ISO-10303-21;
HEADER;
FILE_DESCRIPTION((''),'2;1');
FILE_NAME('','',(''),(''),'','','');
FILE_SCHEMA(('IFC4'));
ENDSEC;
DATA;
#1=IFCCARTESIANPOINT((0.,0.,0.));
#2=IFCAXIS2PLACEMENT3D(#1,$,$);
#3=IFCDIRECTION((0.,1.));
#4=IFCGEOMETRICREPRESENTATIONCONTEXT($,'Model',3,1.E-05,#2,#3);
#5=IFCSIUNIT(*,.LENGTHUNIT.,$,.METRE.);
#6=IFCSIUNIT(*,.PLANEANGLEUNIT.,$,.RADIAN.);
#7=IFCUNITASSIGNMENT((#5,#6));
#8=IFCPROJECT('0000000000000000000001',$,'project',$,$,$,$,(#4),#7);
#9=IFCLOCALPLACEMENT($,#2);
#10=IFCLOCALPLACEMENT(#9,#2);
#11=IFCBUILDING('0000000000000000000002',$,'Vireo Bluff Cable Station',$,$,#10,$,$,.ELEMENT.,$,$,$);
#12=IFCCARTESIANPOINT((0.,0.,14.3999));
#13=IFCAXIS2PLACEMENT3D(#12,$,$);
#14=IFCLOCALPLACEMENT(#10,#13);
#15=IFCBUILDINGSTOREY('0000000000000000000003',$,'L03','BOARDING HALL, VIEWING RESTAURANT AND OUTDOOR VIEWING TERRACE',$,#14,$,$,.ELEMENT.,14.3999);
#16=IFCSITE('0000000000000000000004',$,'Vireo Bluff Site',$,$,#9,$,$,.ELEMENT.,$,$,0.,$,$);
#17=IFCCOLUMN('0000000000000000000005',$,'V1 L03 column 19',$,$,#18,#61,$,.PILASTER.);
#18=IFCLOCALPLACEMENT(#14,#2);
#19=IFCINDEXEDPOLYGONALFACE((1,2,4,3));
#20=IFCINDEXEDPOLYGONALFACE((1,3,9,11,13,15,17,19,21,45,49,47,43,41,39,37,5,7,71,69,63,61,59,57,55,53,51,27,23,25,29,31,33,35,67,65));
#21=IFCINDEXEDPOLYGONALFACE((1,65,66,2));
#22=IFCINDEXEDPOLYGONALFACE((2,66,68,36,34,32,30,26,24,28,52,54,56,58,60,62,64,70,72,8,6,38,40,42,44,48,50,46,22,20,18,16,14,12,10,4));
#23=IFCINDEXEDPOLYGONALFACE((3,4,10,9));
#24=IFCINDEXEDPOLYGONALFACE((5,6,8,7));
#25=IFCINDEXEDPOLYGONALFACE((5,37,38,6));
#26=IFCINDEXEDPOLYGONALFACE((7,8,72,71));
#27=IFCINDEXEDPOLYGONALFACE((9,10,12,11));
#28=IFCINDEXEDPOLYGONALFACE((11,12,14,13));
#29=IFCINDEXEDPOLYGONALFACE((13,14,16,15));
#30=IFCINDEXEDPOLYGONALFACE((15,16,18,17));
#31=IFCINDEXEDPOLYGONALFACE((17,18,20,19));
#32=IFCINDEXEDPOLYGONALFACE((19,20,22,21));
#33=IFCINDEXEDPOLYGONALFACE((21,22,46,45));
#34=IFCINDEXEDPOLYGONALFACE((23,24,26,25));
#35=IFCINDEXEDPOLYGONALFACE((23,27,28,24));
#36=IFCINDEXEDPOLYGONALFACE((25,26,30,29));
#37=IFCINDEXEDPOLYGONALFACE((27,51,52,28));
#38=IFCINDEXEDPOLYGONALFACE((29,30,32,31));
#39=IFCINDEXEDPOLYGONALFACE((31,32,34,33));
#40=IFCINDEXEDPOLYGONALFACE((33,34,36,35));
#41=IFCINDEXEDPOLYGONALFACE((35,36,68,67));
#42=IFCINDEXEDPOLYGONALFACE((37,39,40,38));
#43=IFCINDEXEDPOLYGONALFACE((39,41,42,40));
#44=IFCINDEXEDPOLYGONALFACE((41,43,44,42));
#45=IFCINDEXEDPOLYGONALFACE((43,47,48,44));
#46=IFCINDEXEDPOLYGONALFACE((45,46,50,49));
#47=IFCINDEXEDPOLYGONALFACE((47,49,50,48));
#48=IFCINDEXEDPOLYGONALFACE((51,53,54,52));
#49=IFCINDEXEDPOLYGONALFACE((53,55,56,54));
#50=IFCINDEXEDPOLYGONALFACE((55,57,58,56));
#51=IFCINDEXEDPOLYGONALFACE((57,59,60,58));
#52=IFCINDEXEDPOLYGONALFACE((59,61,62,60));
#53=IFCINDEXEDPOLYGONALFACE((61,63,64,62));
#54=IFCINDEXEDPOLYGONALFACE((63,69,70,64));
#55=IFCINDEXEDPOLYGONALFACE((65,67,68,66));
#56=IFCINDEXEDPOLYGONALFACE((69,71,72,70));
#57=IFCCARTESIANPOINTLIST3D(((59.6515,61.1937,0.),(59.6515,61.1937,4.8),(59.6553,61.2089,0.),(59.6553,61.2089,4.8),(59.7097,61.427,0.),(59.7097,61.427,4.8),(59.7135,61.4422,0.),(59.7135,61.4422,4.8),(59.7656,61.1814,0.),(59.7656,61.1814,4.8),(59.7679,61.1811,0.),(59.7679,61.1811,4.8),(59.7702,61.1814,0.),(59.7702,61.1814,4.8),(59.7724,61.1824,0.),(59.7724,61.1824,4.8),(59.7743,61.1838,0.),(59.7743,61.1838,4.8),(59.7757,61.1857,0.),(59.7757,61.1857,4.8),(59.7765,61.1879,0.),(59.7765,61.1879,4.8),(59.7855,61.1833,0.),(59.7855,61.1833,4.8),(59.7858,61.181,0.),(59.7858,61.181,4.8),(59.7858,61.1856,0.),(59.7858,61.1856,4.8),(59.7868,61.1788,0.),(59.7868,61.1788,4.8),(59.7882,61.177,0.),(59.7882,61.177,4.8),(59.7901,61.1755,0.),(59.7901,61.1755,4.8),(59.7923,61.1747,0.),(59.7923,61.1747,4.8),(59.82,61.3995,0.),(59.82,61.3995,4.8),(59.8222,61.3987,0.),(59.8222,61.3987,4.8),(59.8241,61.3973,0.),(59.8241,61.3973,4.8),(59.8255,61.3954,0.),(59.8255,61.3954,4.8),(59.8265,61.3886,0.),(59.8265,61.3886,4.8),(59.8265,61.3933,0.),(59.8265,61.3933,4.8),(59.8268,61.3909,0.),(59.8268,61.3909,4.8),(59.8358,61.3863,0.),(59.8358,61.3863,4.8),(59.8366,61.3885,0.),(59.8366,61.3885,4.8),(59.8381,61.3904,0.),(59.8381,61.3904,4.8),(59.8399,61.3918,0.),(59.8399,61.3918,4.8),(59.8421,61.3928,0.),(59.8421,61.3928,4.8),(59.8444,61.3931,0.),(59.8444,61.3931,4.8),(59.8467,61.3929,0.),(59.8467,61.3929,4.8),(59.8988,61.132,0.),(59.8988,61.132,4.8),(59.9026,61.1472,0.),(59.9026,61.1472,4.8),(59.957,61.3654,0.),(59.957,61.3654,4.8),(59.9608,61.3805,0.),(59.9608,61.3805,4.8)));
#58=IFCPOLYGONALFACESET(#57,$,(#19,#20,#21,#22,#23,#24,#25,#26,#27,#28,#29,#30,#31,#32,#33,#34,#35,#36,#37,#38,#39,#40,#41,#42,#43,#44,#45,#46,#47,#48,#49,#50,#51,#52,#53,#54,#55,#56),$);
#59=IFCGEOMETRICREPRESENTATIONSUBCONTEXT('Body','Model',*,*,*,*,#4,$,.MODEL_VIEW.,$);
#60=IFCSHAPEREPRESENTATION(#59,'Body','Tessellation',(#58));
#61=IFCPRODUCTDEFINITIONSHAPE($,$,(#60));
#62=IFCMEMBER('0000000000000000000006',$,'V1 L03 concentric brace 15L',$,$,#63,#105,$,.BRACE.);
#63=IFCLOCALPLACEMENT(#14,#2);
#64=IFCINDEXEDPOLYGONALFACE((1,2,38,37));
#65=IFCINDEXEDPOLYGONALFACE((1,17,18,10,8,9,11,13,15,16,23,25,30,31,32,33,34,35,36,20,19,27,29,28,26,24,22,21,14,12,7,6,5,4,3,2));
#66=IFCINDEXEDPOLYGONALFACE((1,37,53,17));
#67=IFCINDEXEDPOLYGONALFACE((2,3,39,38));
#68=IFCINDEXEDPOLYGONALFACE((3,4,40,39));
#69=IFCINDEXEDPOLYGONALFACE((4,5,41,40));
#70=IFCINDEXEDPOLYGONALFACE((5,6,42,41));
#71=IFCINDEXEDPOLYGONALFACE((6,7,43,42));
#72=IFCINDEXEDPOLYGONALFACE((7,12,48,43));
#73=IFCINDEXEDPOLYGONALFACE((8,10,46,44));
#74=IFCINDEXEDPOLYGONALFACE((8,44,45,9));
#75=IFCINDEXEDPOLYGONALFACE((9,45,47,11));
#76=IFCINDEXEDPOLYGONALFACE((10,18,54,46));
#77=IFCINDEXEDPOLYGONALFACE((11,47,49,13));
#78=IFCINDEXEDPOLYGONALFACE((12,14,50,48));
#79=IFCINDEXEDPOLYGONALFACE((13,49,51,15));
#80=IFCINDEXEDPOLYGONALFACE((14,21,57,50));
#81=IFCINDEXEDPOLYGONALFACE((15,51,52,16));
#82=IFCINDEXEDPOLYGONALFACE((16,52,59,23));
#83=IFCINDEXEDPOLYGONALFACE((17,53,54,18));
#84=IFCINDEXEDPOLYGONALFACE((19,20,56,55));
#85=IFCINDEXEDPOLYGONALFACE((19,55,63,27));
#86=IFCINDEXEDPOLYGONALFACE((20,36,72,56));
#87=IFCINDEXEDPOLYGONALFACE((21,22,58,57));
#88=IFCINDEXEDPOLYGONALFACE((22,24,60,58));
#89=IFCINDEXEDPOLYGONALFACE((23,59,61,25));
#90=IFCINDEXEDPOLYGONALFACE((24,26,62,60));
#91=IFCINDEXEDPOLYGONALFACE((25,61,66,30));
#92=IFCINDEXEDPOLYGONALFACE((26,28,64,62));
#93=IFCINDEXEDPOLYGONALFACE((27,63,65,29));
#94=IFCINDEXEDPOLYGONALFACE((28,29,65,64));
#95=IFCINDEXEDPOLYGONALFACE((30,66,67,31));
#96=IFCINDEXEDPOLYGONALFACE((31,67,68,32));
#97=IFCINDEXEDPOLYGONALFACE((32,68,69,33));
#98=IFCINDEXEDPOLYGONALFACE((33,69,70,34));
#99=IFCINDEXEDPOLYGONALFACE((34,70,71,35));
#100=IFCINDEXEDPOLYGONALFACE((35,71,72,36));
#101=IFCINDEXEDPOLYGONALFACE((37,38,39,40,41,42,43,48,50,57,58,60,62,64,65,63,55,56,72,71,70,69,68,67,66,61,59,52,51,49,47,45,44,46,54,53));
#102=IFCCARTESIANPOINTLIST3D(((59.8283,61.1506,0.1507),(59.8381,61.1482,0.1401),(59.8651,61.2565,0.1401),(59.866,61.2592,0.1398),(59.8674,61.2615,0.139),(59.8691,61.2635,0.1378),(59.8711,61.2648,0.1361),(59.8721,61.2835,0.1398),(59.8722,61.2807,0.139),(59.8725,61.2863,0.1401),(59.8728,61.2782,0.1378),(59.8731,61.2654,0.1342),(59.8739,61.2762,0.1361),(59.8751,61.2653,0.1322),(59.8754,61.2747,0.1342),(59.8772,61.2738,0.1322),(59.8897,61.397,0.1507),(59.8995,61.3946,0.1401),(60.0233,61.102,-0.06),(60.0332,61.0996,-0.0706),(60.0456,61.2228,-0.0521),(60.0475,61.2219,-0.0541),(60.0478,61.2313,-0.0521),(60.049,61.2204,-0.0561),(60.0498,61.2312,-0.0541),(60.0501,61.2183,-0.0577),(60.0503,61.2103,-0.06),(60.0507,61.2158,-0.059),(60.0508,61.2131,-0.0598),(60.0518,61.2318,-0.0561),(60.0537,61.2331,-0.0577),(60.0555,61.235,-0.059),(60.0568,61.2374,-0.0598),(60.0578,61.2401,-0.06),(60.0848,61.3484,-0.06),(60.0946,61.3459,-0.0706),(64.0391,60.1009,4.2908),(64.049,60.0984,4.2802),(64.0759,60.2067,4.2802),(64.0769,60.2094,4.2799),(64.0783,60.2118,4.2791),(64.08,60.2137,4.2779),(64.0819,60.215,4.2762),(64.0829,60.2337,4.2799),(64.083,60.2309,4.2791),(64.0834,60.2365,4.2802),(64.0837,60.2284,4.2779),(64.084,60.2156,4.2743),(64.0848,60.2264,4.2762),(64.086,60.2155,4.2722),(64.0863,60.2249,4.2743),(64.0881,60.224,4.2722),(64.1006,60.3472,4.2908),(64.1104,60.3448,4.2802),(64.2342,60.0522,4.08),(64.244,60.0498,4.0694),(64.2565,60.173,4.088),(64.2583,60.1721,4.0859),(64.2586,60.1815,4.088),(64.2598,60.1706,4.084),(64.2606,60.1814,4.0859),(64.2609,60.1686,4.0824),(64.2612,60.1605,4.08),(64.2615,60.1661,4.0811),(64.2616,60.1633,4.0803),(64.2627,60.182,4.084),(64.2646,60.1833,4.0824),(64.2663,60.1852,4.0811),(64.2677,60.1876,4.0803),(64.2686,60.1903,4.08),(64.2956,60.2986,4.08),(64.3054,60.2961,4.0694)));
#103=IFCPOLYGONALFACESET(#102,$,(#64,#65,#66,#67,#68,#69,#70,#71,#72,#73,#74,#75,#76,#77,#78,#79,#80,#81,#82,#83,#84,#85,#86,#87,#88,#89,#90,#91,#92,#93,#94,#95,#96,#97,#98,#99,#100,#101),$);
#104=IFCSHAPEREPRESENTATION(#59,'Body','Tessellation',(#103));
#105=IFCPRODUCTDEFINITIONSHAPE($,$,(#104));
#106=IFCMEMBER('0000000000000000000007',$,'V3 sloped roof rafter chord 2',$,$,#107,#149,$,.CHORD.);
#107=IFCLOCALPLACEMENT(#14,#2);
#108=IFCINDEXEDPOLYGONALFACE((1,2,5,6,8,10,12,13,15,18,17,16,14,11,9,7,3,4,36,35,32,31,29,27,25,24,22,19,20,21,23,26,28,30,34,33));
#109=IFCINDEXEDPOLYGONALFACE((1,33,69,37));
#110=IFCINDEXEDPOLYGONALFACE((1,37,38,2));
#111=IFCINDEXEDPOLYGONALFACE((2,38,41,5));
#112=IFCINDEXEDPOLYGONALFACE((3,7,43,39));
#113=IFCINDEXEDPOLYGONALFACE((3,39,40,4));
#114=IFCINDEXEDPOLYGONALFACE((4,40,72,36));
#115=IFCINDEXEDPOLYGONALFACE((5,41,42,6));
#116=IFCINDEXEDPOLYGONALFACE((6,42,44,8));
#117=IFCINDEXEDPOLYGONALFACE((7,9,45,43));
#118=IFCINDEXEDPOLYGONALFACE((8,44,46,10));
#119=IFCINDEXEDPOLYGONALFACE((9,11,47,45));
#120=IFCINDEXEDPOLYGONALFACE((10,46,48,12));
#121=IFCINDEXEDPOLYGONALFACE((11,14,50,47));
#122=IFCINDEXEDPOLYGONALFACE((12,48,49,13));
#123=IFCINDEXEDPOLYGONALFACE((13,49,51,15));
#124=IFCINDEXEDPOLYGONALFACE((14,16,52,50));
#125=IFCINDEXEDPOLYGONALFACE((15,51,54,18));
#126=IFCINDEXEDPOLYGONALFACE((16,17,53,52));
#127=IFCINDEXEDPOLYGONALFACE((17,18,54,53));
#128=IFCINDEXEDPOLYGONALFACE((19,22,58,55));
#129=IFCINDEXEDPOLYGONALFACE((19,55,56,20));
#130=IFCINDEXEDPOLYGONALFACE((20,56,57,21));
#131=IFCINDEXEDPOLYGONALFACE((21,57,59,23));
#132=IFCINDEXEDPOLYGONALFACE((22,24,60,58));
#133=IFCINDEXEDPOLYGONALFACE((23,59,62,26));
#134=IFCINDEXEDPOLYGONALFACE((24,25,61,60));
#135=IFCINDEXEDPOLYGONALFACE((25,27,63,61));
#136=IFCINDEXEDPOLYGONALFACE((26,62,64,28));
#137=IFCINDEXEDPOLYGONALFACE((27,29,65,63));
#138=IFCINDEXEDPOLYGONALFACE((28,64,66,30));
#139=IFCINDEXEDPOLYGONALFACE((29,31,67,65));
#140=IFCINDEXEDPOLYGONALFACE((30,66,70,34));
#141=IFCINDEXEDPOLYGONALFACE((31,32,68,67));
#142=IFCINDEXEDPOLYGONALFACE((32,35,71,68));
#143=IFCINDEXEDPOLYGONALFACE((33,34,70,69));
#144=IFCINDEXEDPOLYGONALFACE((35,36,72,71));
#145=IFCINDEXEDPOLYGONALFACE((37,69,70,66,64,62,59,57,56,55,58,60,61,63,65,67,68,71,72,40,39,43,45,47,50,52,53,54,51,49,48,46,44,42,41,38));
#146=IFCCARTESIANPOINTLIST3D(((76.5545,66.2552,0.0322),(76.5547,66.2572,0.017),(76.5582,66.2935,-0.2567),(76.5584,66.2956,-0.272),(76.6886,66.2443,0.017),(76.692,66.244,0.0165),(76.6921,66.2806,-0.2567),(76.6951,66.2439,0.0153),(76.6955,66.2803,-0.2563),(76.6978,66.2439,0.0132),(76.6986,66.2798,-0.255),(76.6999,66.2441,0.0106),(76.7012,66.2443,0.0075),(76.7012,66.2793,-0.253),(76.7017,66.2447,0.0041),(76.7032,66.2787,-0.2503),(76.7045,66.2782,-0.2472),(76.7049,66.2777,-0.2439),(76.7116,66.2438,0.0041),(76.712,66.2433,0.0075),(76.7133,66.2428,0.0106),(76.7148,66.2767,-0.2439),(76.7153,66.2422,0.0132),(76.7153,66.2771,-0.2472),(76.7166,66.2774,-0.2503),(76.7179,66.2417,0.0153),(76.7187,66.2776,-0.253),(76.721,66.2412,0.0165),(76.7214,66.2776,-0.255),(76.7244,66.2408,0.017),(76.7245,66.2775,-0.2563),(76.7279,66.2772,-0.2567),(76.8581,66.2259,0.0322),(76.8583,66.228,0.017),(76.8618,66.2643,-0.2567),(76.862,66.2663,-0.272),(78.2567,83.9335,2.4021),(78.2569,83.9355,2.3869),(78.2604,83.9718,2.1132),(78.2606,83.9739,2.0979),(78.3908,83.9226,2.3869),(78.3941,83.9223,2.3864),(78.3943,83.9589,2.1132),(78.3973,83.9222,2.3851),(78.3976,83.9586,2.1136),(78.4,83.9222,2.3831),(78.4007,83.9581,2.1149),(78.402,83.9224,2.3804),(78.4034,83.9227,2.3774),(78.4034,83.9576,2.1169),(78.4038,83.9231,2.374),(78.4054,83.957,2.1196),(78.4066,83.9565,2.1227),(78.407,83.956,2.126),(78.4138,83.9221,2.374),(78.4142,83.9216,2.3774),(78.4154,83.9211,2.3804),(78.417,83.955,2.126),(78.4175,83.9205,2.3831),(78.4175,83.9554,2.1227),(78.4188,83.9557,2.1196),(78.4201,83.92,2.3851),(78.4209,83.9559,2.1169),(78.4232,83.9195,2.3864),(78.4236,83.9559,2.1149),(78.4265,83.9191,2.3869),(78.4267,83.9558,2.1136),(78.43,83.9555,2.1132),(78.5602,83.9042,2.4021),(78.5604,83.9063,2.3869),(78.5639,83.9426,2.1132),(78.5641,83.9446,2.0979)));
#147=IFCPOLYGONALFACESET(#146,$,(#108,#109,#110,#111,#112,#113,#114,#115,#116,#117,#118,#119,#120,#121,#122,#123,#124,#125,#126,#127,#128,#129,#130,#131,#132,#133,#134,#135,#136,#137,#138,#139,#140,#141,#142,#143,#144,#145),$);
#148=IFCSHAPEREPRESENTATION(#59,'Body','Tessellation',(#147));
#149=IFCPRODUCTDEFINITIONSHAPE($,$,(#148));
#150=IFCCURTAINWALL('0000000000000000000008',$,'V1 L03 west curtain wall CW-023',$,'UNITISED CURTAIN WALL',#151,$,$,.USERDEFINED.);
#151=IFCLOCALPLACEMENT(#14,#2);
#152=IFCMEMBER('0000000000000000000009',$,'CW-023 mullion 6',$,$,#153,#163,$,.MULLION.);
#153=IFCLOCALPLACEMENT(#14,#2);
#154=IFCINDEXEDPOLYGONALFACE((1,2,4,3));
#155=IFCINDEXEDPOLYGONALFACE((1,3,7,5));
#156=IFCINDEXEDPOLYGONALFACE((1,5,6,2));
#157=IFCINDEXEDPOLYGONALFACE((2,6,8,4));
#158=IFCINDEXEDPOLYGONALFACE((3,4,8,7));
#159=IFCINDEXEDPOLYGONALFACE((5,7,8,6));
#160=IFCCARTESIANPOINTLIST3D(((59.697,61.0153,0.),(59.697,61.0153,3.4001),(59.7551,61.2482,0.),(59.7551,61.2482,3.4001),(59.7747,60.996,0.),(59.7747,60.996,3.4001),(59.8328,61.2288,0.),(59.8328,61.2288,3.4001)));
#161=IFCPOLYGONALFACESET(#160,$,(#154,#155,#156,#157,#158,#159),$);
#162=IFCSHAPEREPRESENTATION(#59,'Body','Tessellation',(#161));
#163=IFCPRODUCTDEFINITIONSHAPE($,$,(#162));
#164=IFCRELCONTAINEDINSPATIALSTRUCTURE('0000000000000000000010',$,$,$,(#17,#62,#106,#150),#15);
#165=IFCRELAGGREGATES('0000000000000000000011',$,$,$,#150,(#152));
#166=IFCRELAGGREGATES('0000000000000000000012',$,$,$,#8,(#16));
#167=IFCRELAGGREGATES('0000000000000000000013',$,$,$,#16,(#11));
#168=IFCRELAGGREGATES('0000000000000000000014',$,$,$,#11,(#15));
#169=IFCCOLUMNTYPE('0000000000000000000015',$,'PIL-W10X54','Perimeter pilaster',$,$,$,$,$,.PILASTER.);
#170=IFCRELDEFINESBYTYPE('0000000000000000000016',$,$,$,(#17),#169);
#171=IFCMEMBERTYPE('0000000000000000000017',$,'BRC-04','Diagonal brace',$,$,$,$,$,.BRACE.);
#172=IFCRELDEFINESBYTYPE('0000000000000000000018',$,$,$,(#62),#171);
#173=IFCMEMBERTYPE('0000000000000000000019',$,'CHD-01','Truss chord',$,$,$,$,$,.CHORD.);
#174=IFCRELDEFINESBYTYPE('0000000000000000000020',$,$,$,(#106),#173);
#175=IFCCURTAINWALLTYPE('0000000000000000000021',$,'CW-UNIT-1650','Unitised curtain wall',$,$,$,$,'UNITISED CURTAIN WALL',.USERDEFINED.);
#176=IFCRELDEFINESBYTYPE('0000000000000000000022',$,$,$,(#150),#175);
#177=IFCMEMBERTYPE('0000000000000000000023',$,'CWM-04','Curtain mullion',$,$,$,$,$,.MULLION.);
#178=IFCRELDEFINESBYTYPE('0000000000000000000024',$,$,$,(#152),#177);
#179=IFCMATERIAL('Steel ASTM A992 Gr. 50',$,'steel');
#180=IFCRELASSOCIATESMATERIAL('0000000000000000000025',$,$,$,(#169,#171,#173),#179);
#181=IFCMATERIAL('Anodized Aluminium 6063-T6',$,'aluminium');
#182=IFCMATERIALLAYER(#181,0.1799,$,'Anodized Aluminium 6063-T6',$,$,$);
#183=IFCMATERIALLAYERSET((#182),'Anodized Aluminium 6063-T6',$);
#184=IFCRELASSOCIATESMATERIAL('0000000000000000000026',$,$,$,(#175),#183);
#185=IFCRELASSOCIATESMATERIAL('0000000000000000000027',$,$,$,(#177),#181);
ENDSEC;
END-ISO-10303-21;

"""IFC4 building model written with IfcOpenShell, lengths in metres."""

from ifc_helpers import new_model, si_unit, direction, frame, origin, origin_2d, place, context, subcontext, project, spatial, rectangle, i_section, extrude, material, layer, layer_set, material_profile, profile_set, type_object, element, aggregate, save


model = new_model("IFC4")

# Units and contexts
model_context = context("Model", 3, precision=1e-05, world=origin(), true_north=direction((0.0, 1.0)))
body_context = subcontext(model_context, "Body", "Model", "MODEL_VIEW")
ifc_project = project(units=[si_unit("LENGTHUNIT", "METRE"), si_unit("PLANEANGLEUNIT", "RADIAN")], contexts=[model_context])

# Site, building, storey
site_placement = place(None, origin())
site = spatial("IfcSite", under=ifc_project, at=site_placement, Name="Vireo Bluff Site", CompositionType="ELEMENT", RefElevation=0.0)
building_placement = place(site_placement, origin())
building = spatial("IfcBuilding", under=site, at=building_placement, Name="Vireo Bluff Cable Station", CompositionType="ELEMENT")
storey_placement = place(building_placement, frame((0.0, 0.0, 14.3999)))
storey = spatial("IfcBuildingStorey", under=building, at=storey_placement, Name="L03", Description="BOARDING HALL, VIEWING RESTAURANT AND OUTDOOR VIEWING TERRACE", CompositionType="ELEMENT", Elevation=14.3999)

# Column
ifc_material_1 = material(Name="Steel ASTM A992 Gr. 50", Category="steel")
ifc_material_profile_1 = material_profile(ifc_material_1, i_section(OverallWidth=0.2549, OverallDepth=0.2561, WebThickness=0.0095, FlangeThickness=0.0156, FilletRadius=0.009, at=origin_2d()), Name="W10X54")
ifc_profile_set_1 = profile_set([ifc_material_profile_1], Name="Steel ASTM A992 Gr. 50")
column_type_1 = type_object("IfcColumnType", Name="PIL-W10X54", Description="Perimeter pilaster", PredefinedType="PILASTER", material=ifc_profile_set_1)
column_placement = place(storey_placement, frame((59.8062, 61.2871, 0.0), z_axis=(0.0, 0.0, 1.0), x_axis=(0.970296, -0.241922, 0.0)))
element("IfcColumn", 1, at=column_placement, inside=storey, type_object=column_type_1, Name="V1 L03 column 19", PredefinedType="PILASTER", context=body_context, shape_type="SweptSolid", body=[
    extrude(i_section(OverallWidth=0.2549, OverallDepth=0.2561, WebThickness=0.0095, FlangeThickness=0.0156, FilletRadius=0.009, at=origin_2d()), origin(), (0.0, 0.0, 1.0), 4.8),
])

# Members
ifc_material_profile_2 = material_profile(ifc_material_1, i_section(OverallWidth=0.2539, OverallDepth=0.3059, WebThickness=0.0088, FlangeThickness=0.0146, FilletRadius=0.011, at=origin_2d()), Name="W12X53")
ifc_profile_set_2 = profile_set([ifc_material_profile_2], Name="Steel ASTM A992 Gr. 50")
member_type_1 = type_object("IfcMemberType", Name="BRC-04", Description="Diagonal brace", PredefinedType="BRACE", material=ifc_profile_set_2)
member_1_placement = place(storey_placement, frame((59.9614, 61.2483, 0.04), z_axis=(0.702069, -0.175029, 0.690264), x_axis=(0.2419, 0.970301, 0.0)))
element("IfcMember", 2, at=member_1_placement, inside=storey, type_object=member_type_1, Name="V1 L03 concentric brace 15L", PredefinedType="BRACE", context=body_context, shape_type="SweptSolid", body=[
    extrude(i_section(OverallWidth=0.2539, OverallDepth=0.3059, WebThickness=0.0088, FlangeThickness=0.0146, FilletRadius=0.011, at=origin_2d()), origin(), (0.0, 0.0, 1.0), 5.9978),
])
ifc_material_profile_3 = material_profile(ifc_material_1, i_section(OverallWidth=0.3049, OverallDepth=0.3069, WebThickness=0.01, FlangeThickness=0.0154, FilletRadius=0.0129, at=origin_2d()), Name="W12X65")
ifc_profile_set_3 = profile_set([ifc_material_profile_3], Name="Steel ASTM A992 Gr. 50")
member_type_2 = type_object("IfcMemberType", Name="CHD-01", Description="Truss chord", PredefinedType="CHORD", material=ifc_profile_set_3)
member_2_placement = place(storey_placement, frame((76.7083, 66.2607, -0.1199), z_axis=(0.095, 0.986651, 0.132267), x_axis=(-0.995397, 0.095842, 0.0)))
element("IfcMember", 3, at=member_2_placement, inside=storey, type_object=member_type_2, Name="V3 sloped roof rafter chord 2", PredefinedType="CHORD", context=body_context, shape_type="SweptSolid", body=[
    extrude(i_section(OverallWidth=0.3049, OverallDepth=0.3069, WebThickness=0.01, FlangeThickness=0.0154, FilletRadius=0.0129, at=origin_2d()), origin(), (0.0, 0.0, 1.0), 17.9175),
])

# Curtain wall, member
ifc_material_2 = material(Name="Anodized Aluminium 6063-T6", Category="aluminium")
ifc_layer_1 = layer(ifc_material_2, 0.1799, Name="Anodized Aluminium 6063-T6")
ifc_layer_set_1 = layer_set([ifc_layer_1], Name="Anodized Aluminium 6063-T6")
curtain_wall_type = type_object("IfcCurtainWallType", Name="CW-UNIT-1650", Description="Unitised curtain wall", ElementType="UNITISED CURTAIN WALL", PredefinedType="USERDEFINED", material=ifc_layer_set_1)
curtain_wall_placement = place(storey_placement, origin())
curtain_wall = element("IfcCurtainWall", 4, at=curtain_wall_placement, inside=storey, type_object=curtain_wall_type, Name="V1 L03 west curtain wall CW-023", ObjectType="UNITISED CURTAIN WALL", PredefinedType="USERDEFINED")
ifc_material_profile_4 = material_profile(ifc_material_2, rectangle(XDim=0.0801, YDim=0.24, at=origin_2d()), Name="ALU-M-80X240")
ifc_profile_set_4 = profile_set([ifc_material_profile_4], Name="Anodized Aluminium 6063-T6")
member_type_3 = type_object("IfcMemberType", Name="CWM-04", Description="Curtain mullion", PredefinedType="MULLION", material=ifc_profile_set_4)
member_3_placement = place(storey_placement, frame((59.7649, 61.1221, 0.0), z_axis=(0.0, 0.0, 1.0), x_axis=(-0.970296, 0.241922, 0.0)))
member_3 = element("IfcMember", 5, at=member_3_placement, type_object=member_type_3, Name="CW-023 mullion 6", PredefinedType="MULLION", context=body_context, shape_type="SweptSolid", body=[
    extrude(rectangle(XDim=0.0801, YDim=0.24, at=origin_2d()), origin(), (0.0, 0.0, 1.0), 3.4001),
])
aggregate(curtain_wall, [member_3])

save(model, "model.ifc")
